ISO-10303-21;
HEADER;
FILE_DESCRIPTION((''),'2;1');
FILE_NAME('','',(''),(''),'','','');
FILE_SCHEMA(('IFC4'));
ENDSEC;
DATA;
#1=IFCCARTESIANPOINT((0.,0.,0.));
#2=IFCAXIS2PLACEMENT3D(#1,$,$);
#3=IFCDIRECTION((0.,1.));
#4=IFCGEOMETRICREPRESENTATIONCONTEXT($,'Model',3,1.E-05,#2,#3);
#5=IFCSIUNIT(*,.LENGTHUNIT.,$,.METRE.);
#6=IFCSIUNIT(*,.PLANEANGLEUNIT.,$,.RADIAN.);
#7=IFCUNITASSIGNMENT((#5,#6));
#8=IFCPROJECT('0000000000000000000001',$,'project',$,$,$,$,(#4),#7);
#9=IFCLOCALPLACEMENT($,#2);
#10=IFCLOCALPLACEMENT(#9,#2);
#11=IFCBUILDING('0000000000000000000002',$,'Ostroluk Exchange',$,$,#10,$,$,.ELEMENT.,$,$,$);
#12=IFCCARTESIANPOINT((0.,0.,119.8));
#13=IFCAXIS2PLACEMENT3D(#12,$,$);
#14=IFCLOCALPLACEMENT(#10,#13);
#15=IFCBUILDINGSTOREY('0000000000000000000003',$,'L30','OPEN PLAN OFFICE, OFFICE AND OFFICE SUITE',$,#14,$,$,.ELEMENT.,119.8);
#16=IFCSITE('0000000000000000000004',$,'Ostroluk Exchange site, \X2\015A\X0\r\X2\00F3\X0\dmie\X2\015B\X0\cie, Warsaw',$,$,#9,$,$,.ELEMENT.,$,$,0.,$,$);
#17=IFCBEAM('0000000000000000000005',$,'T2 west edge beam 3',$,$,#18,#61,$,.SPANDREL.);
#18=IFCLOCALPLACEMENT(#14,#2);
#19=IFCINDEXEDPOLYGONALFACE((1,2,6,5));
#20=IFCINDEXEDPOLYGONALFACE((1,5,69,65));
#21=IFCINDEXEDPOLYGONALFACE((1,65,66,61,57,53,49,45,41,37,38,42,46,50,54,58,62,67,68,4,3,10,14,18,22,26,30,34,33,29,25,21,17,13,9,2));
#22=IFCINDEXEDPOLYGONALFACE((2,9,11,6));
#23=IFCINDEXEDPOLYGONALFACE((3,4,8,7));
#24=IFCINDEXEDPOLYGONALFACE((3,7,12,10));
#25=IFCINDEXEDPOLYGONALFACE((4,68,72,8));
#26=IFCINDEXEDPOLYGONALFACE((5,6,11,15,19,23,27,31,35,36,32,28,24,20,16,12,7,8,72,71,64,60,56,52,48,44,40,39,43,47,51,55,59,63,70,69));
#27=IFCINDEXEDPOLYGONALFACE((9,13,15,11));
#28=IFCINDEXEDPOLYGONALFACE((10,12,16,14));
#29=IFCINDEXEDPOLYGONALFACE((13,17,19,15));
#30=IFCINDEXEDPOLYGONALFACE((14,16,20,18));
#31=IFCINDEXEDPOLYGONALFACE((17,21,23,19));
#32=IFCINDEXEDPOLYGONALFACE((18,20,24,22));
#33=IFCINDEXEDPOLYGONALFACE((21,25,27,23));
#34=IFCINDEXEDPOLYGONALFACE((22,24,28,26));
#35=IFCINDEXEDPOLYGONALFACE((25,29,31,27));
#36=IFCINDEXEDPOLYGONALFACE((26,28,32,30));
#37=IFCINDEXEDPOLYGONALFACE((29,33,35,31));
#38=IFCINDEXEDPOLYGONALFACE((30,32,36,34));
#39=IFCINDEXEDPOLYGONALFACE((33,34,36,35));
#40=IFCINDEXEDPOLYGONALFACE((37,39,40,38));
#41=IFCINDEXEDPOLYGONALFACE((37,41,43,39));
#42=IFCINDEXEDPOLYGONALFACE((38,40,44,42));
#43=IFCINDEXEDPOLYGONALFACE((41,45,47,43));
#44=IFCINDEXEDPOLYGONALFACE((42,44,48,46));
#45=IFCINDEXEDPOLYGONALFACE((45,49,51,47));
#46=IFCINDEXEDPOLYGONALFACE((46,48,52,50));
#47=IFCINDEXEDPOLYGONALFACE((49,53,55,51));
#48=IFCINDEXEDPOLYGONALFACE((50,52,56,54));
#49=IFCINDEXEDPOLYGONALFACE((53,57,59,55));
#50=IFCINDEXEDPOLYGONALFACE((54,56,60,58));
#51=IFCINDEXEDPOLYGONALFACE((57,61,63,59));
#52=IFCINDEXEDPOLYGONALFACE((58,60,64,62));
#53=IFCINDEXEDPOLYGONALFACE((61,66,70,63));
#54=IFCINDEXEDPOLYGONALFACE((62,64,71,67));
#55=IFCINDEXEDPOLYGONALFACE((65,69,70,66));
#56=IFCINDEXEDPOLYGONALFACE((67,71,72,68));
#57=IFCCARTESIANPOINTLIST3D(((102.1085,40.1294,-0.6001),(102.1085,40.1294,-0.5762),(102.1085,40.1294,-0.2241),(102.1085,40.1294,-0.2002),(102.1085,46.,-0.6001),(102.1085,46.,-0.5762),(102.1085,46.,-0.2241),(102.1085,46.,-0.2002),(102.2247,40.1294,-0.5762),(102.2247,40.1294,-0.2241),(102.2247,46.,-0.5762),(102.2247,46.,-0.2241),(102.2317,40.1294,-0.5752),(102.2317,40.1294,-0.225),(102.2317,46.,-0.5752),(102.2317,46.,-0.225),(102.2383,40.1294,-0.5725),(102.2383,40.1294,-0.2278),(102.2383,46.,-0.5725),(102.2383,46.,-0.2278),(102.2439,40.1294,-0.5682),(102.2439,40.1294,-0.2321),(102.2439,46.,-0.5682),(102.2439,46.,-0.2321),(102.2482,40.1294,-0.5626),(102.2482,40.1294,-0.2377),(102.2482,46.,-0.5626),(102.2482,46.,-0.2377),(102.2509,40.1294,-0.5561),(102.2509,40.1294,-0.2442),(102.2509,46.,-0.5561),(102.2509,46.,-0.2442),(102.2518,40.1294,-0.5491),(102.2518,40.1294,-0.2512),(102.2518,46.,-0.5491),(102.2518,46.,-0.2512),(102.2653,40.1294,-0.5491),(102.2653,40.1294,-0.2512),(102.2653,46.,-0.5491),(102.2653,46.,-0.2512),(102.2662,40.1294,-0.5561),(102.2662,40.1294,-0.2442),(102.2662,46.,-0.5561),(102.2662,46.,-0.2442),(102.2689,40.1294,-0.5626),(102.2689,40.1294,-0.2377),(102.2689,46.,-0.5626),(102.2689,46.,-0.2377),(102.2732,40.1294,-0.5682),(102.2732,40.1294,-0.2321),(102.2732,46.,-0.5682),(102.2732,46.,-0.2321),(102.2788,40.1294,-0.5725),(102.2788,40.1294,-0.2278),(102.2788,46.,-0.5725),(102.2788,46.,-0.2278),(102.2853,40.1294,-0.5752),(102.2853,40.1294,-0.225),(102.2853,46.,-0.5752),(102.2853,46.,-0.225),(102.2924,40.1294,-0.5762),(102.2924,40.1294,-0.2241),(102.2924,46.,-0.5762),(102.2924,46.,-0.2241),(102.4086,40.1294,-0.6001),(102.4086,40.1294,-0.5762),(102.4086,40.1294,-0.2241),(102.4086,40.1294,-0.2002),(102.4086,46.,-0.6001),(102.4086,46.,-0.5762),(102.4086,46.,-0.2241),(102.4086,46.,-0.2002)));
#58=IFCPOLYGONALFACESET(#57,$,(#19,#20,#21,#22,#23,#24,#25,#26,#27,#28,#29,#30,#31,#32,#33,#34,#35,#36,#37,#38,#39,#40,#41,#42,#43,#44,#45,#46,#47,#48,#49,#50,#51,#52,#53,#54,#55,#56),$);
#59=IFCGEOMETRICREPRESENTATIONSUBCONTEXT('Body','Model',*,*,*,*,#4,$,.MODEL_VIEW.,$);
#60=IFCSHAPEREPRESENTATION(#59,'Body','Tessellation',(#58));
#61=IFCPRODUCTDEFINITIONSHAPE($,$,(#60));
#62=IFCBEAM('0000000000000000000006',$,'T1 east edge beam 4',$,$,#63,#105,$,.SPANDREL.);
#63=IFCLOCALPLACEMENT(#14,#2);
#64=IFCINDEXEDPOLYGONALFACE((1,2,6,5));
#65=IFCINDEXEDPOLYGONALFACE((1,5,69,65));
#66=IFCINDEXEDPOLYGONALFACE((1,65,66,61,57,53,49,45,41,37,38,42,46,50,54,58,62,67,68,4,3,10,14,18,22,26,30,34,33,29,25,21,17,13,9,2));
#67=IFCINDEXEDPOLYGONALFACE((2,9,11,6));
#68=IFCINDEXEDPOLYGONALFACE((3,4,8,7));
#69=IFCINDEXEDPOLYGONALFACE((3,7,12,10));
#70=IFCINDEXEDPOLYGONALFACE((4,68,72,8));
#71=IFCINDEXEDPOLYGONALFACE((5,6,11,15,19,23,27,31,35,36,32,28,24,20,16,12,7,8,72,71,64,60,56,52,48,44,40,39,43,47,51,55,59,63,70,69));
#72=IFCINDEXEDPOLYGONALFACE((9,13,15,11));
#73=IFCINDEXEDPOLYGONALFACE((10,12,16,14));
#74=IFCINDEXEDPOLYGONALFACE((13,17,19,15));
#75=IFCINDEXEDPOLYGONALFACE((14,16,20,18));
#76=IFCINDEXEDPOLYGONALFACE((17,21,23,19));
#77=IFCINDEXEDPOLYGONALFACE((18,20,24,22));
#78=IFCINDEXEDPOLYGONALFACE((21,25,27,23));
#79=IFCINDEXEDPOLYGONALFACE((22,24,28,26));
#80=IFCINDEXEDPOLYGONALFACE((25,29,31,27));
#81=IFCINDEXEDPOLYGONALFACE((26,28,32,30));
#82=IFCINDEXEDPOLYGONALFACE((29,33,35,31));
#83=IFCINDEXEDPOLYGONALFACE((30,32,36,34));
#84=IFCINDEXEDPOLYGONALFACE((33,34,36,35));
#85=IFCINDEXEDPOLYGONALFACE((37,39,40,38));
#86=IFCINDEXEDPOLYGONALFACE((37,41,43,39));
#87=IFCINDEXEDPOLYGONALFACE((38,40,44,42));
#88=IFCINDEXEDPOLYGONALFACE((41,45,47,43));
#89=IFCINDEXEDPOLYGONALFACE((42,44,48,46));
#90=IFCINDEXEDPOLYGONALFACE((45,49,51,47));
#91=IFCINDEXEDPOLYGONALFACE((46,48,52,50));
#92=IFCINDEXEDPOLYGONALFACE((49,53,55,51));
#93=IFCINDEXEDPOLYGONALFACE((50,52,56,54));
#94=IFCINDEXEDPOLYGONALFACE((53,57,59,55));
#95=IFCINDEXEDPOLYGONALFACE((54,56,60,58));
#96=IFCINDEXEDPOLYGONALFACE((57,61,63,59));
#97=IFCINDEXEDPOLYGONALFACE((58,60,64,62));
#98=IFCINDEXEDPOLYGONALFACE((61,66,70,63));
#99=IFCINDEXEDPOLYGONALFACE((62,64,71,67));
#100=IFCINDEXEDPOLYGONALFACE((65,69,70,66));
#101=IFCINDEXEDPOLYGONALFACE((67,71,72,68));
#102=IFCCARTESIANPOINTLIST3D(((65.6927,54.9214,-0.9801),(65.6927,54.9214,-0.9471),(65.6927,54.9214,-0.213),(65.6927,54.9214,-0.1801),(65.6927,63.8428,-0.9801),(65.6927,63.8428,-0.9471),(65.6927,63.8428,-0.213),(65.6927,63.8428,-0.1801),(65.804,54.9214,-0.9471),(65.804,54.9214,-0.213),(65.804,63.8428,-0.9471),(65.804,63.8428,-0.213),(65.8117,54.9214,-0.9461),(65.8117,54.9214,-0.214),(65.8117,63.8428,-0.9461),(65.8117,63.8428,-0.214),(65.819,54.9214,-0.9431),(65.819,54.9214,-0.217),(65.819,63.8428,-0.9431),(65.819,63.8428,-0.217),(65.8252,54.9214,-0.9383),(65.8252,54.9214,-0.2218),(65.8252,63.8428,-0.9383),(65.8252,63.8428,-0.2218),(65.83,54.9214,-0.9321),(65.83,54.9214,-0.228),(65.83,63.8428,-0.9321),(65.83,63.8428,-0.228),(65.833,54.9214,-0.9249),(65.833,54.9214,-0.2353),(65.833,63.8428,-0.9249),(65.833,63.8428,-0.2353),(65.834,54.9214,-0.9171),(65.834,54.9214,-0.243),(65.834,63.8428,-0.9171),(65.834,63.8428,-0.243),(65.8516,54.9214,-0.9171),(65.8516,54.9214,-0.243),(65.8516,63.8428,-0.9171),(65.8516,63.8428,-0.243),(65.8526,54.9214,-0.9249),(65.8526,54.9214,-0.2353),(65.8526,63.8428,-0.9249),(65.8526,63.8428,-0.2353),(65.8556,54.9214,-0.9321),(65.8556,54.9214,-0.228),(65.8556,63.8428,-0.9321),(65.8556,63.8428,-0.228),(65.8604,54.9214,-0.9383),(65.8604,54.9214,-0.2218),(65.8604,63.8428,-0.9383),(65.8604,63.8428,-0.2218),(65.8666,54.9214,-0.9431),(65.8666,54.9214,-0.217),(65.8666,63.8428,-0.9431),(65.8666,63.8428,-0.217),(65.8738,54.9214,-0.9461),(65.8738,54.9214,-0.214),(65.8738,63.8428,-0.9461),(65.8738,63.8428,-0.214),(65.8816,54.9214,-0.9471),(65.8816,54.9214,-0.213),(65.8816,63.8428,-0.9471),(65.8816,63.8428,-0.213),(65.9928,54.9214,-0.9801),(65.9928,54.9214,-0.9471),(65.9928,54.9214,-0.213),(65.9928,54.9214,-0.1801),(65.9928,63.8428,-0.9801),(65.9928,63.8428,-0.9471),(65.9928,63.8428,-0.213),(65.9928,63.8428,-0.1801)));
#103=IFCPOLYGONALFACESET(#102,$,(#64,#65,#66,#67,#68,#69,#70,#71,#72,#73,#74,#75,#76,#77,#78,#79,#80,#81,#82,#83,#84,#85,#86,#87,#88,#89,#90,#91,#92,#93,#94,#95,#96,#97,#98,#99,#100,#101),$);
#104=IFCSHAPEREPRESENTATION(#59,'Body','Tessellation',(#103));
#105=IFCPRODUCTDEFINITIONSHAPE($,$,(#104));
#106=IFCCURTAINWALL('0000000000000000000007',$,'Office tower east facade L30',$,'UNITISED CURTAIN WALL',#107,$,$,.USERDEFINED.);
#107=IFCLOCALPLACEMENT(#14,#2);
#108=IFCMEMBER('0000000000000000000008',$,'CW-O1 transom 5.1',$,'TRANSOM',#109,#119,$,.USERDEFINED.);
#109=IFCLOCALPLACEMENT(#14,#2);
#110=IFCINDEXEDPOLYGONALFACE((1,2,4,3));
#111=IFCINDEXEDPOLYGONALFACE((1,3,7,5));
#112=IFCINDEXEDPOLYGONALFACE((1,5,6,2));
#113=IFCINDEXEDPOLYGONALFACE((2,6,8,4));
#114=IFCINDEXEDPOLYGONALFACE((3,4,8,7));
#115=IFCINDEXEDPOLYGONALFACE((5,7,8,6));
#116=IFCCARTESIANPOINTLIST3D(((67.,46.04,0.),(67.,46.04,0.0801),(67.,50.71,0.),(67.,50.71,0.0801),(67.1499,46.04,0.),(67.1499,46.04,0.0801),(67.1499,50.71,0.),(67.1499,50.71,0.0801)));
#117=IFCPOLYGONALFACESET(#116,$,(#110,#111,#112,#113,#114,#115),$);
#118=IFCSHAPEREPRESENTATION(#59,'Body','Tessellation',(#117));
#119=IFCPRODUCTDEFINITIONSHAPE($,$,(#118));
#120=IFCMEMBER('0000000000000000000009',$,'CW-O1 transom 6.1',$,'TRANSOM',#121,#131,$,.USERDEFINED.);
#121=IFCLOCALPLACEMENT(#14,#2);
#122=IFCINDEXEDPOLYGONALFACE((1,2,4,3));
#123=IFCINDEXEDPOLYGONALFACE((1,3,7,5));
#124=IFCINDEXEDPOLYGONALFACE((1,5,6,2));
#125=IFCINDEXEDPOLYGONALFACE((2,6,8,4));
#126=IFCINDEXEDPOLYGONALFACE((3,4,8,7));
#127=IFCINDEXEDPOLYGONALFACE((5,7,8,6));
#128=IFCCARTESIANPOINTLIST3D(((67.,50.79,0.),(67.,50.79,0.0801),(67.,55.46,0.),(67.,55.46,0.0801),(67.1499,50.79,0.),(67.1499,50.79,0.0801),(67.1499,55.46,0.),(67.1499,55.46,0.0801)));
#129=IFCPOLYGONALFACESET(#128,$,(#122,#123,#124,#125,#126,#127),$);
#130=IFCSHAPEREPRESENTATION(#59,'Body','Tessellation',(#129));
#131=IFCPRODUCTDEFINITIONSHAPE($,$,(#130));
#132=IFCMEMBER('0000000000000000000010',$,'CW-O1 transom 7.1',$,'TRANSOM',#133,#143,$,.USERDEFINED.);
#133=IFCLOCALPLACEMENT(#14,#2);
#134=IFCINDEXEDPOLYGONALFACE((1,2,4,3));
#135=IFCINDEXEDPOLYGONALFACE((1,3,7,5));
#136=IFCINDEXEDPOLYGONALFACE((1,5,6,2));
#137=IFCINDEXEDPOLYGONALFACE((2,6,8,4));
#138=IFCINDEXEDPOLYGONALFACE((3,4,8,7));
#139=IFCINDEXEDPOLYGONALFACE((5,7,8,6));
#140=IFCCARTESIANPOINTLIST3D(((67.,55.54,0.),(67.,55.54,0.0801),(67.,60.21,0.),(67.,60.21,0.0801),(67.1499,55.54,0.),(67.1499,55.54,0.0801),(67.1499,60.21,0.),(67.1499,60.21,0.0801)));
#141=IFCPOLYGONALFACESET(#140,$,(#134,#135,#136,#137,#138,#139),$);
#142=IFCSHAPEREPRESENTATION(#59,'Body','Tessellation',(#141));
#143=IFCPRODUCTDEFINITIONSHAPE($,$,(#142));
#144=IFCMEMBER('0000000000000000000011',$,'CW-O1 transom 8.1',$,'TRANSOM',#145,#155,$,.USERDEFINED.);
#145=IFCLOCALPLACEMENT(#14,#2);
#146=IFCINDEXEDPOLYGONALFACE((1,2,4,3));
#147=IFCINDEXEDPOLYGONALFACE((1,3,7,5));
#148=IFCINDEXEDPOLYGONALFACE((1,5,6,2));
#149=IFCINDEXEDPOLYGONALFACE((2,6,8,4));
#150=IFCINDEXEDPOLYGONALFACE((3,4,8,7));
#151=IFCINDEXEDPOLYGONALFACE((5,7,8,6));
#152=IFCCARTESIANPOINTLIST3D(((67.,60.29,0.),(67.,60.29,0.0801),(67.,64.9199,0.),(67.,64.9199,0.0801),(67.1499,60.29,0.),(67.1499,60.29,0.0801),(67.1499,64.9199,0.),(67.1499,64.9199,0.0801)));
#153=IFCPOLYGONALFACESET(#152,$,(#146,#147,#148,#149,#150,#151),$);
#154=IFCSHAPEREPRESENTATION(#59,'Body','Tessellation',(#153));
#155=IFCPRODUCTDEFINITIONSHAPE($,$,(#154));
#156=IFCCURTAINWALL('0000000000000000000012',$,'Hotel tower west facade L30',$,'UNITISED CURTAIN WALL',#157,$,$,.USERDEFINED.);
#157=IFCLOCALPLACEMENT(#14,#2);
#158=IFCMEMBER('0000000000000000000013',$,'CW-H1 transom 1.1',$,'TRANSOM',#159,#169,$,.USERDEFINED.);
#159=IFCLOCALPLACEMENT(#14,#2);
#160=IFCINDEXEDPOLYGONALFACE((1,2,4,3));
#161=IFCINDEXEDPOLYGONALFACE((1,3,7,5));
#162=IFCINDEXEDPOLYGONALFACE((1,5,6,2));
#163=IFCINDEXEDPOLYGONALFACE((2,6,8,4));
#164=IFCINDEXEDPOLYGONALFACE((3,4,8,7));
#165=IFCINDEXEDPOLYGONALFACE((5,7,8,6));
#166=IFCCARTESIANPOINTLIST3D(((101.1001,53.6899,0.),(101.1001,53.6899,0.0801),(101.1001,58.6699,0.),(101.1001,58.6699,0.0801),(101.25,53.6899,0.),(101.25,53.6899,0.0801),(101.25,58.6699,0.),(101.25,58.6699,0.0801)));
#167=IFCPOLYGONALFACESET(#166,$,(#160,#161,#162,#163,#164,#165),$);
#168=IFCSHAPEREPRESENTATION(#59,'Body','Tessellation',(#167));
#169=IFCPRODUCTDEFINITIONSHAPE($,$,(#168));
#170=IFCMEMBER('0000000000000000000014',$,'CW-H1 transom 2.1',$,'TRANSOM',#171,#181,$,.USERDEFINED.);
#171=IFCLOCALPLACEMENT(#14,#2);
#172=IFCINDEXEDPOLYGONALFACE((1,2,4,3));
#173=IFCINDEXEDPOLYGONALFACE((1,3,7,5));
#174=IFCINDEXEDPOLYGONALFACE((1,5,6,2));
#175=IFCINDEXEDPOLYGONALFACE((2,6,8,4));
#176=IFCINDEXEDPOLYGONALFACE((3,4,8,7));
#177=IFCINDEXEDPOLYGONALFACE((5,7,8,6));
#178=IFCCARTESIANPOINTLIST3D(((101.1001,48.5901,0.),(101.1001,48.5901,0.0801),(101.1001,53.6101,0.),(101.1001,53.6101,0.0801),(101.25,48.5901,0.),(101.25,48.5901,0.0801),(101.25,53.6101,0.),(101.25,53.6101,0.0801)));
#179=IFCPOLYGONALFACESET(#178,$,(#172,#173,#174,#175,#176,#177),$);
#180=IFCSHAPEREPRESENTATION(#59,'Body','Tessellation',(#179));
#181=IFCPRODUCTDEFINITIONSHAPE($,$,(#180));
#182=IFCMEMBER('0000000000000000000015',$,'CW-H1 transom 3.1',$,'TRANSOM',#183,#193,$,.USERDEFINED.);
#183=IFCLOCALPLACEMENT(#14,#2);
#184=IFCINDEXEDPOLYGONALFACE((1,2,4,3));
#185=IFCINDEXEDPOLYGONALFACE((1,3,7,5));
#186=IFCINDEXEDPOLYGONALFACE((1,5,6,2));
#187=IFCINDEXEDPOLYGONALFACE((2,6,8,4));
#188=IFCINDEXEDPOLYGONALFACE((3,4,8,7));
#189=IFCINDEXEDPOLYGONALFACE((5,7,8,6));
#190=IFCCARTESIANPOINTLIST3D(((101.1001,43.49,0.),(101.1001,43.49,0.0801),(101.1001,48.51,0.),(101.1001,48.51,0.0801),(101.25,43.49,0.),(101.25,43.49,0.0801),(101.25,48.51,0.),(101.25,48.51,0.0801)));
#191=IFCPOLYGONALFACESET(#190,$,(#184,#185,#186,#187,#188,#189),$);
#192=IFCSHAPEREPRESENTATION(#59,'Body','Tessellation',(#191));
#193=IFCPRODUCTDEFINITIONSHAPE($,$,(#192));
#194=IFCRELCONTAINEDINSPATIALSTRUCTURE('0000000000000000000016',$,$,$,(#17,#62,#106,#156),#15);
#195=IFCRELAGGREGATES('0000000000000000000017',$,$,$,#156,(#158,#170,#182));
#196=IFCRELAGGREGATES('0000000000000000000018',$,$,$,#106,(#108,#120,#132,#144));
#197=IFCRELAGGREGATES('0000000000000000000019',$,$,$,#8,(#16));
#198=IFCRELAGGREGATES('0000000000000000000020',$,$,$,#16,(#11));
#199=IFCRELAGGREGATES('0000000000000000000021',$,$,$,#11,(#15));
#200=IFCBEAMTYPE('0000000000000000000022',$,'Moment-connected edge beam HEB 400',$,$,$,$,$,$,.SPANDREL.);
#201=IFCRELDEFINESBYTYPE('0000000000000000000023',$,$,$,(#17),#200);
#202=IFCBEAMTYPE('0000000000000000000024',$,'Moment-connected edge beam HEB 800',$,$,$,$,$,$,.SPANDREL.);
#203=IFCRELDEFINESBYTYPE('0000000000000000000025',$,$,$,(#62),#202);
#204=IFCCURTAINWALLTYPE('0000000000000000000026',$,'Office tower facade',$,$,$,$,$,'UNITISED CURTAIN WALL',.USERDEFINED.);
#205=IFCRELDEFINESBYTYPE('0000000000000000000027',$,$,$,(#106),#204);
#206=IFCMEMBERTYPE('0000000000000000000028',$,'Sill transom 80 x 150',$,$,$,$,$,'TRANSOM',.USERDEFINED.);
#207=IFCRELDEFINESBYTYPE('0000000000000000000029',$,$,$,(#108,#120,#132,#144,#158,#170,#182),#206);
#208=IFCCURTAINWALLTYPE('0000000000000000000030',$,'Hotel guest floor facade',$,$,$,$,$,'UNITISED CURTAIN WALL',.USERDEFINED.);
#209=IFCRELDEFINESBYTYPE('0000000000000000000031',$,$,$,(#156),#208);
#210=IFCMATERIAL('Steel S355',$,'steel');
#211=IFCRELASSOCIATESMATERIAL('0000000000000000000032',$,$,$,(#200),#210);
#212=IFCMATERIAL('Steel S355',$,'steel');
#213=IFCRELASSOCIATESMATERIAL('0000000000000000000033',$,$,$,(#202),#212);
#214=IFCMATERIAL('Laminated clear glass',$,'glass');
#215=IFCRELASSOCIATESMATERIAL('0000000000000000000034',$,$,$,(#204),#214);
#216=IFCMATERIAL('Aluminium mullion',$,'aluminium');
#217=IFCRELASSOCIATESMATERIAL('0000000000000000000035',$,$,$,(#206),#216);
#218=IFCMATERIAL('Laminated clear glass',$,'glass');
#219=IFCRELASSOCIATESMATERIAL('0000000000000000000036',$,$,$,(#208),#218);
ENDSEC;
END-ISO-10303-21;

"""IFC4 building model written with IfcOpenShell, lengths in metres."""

from ifc_helpers import new_model, si_unit, direction, frame, origin, origin_2d, place, context, subcontext, project, spatial, rectangle, i_section, extrude, material, material_profile, profile_set, type_object, element, aggregate, save


model = new_model("IFC4")

# Units and contexts
model_context = context("Model", 3, precision=1e-05, world=origin(), true_north=direction((0.0, 1.0)))
body_context = subcontext(model_context, "Body", "Model", "MODEL_VIEW")
ifc_project = project(units=[si_unit("LENGTHUNIT", "METRE"), si_unit("PLANEANGLEUNIT", "RADIAN")], contexts=[model_context])

# Site, building, storey
site_placement = place(None, origin())
site = spatial("IfcSite", under=ifc_project, at=site_placement, Name="Ostroluk Exchange site, Śródmieście, Warsaw", CompositionType="ELEMENT", RefElevation=0.0)
building_placement = place(site_placement, origin())
building = spatial("IfcBuilding", under=site, at=building_placement, Name="Ostroluk Exchange", CompositionType="ELEMENT")
storey_placement = place(building_placement, frame((0.0, 0.0, 119.8)))
storey = spatial("IfcBuildingStorey", under=building, at=storey_placement, Name="L30", Description="OPEN PLAN OFFICE, OFFICE AND OFFICE SUITE", CompositionType="ELEMENT", Elevation=119.8)

# Beams
ifc_material_1 = material(Name="Steel S355", Category="steel")
ifc_material_profile_1 = material_profile(ifc_material_1, i_section(OverallWidth=0.3, OverallDepth=0.3999, WebThickness=0.0134, FlangeThickness=0.0239, FilletRadius=0.0271, at=origin_2d()), Name="HEB 400")
ifc_profile_set_1 = profile_set([ifc_material_profile_1], Name="Steel S355")
beam_type_1 = type_object("IfcBeamType", Name="Moment-connected edge beam HEB 400", PredefinedType="SPANDREL", material=ifc_profile_set_1)
for number, where, z_axis, x_axis, name in (
    (1, (102.2585, 46.0, -0.4001), (0.0, -1.0, 0.0), (1.0, 0.0, 0.0), "T2 west edge beam 3"),
):
    element("IfcBeam", number, at=place(storey_placement, frame(where, z_axis=z_axis, x_axis=x_axis)), inside=storey, type_object=beam_type_1, Name=name, PredefinedType="SPANDREL", context=body_context, shape_type="SweptSolid", body=[
        extrude(i_section(OverallWidth=0.3, OverallDepth=0.3999, WebThickness=0.0134, FlangeThickness=0.0239, FilletRadius=0.0271, at=origin_2d()), origin(), (0.0, 0.0, 1.0), 5.8706),
    ])
ifc_material_2 = material(Name="Steel S355", Category="steel")
ifc_material_profile_2 = material_profile(ifc_material_2, i_section(OverallWidth=0.3, OverallDepth=0.8, WebThickness=0.0176, FlangeThickness=0.033, FilletRadius=0.03, at=origin_2d()), Name="HEB 800")
ifc_profile_set_2 = profile_set([ifc_material_profile_2], Name="Steel S355")
beam_type_2 = type_object("IfcBeamType", Name="Moment-connected edge beam HEB 800", PredefinedType="SPANDREL", material=ifc_profile_set_2)
beam_1_placement = place(storey_placement, frame((65.8428, 54.9214, -0.5801), z_axis=(0.0, 1.0, 0.0), x_axis=(-1.0, 0.0, 0.0)))
element("IfcBeam", 2, at=beam_1_placement, inside=storey, type_object=beam_type_2, Name="T1 east edge beam 4", PredefinedType="SPANDREL", context=body_context, shape_type="SweptSolid", body=[
    extrude(i_section(OverallWidth=0.3, OverallDepth=0.8, WebThickness=0.0176, FlangeThickness=0.033, FilletRadius=0.03, at=origin_2d()), origin(), (0.0, 0.0, 1.0), 8.9214),
])

# Curtain walls, members
ifc_material_3 = material(Name="Laminated clear glass", Category="glass")
curtain_wall_type_1 = type_object("IfcCurtainWallType", Name="Office tower facade", ElementType="UNITISED CURTAIN WALL", PredefinedType="USERDEFINED", material=ifc_material_3)
curtain_wall_1_placement = place(storey_placement, origin())
curtain_wall_1 = element("IfcCurtainWall", 3, at=curtain_wall_1_placement, inside=storey, type_object=curtain_wall_type_1, Name="Office tower east facade L30", ObjectType="UNITISED CURTAIN WALL", PredefinedType="USERDEFINED")
ifc_material_4 = material(Name="Aluminium mullion", Category="aluminium")
ifc_material_profile_3 = material_profile(ifc_material_4, rectangle(XDim=0.1499, YDim=0.0801, at=origin_2d()), Name="Sill transom 80 x 150")
ifc_profile_set_3 = profile_set([ifc_material_profile_3], Name="Aluminium mullion")
member_type_1 = type_object("IfcMemberType", Name="Sill transom 80 x 150", ElementType="TRANSOM", PredefinedType="USERDEFINED", material=ifc_profile_set_3)
member_1_placement = place(storey_placement, frame((67.075, 46.04, 0.04), z_axis=(0.0, 1.0, 0.0), x_axis=(-1.0, 0.0, 0.0)))
member_1 = element("IfcMember", 4, at=member_1_placement, type_object=member_type_1, Name="CW-O1 transom 5.1", ObjectType="TRANSOM", PredefinedType="USERDEFINED", context=body_context, shape_type="SweptSolid", body=[
    extrude(rectangle(XDim=0.1499, YDim=0.0801, at=origin_2d()), origin(), (0.0, 0.0, 1.0), 4.6699),
])
member_2_placement = place(storey_placement, frame((67.075, 50.79, 0.04), z_axis=(0.0, 1.0, 0.0), x_axis=(-1.0, 0.0, 0.0)))
member_2 = element("IfcMember", 5, at=member_2_placement, type_object=member_type_1, Name="CW-O1 transom 6.1", ObjectType="TRANSOM", PredefinedType="USERDEFINED", context=body_context, shape_type="SweptSolid", body=[
    extrude(rectangle(XDim=0.1499, YDim=0.0801, at=origin_2d()), origin(), (0.0, 0.0, 1.0), 4.6699),
])
member_3_placement = place(storey_placement, frame((67.075, 55.54, 0.04), z_axis=(0.0, 1.0, 0.0), x_axis=(-1.0, 0.0, 0.0)))
member_3 = element("IfcMember", 6, at=member_3_placement, type_object=member_type_1, Name="CW-O1 transom 7.1", ObjectType="TRANSOM", PredefinedType="USERDEFINED", context=body_context, shape_type="SweptSolid", body=[
    extrude(rectangle(XDim=0.1499, YDim=0.0801, at=origin_2d()), origin(), (0.0, 0.0, 1.0), 4.6699),
])
member_4_placement = place(storey_placement, frame((67.075, 60.29, 0.04), z_axis=(0.0, 1.0, 0.0), x_axis=(-1.0, 0.0, 0.0)))
member_4 = element("IfcMember", 7, at=member_4_placement, type_object=member_type_1, Name="CW-O1 transom 8.1", ObjectType="TRANSOM", PredefinedType="USERDEFINED", context=body_context, shape_type="SweptSolid", body=[
    extrude(rectangle(XDim=0.1499, YDim=0.0801, at=origin_2d()), origin(), (0.0, 0.0, 1.0), 4.6299),
])
ifc_material_5 = material(Name="Laminated clear glass", Category="glass")
curtain_wall_type_2 = type_object("IfcCurtainWallType", Name="Hotel guest floor facade", ElementType="UNITISED CURTAIN WALL", PredefinedType="USERDEFINED", material=ifc_material_5)
curtain_wall_2_placement = place(storey_placement, origin())
curtain_wall_2 = element("IfcCurtainWall", 8, at=curtain_wall_2_placement, inside=storey, type_object=curtain_wall_type_2, Name="Hotel tower west facade L30", ObjectType="UNITISED CURTAIN WALL", PredefinedType="USERDEFINED")
member_5_placement = place(storey_placement, frame((101.175, 58.6699, 0.04), z_axis=(0.0, -1.0, 0.0), x_axis=(1.0, 0.0, 0.0)))
member_5 = element("IfcMember", 9, at=member_5_placement, type_object=member_type_1, Name="CW-H1 transom 1.1", ObjectType="TRANSOM", PredefinedType="USERDEFINED", context=body_context, shape_type="SweptSolid", body=[
    extrude(rectangle(XDim=0.1499, YDim=0.0801, at=origin_2d()), origin(), (0.0, 0.0, 1.0), 4.98),
])
member_6_placement = place(storey_placement, frame((101.175, 53.6101, 0.04), z_axis=(0.0, -1.0, 0.0), x_axis=(1.0, 0.0, 0.0)))
member_6 = element("IfcMember", 10, at=member_6_placement, type_object=member_type_1, Name="CW-H1 transom 2.1", ObjectType="TRANSOM", PredefinedType="USERDEFINED", context=body_context, shape_type="SweptSolid", body=[
    extrude(rectangle(XDim=0.1499, YDim=0.0801, at=origin_2d()), origin(), (0.0, 0.0, 1.0), 5.02),
])
member_7_placement = place(storey_placement, frame((101.175, 48.51, 0.04), z_axis=(0.0, -1.0, 0.0), x_axis=(1.0, 0.0, 0.0)))
member_7 = element("IfcMember", 11, at=member_7_placement, type_object=member_type_1, Name="CW-H1 transom 3.1", ObjectType="TRANSOM", PredefinedType="USERDEFINED", context=body_context, shape_type="SweptSolid", body=[
    extrude(rectangle(XDim=0.1499, YDim=0.0801, at=origin_2d()), origin(), (0.0, 0.0, 1.0), 5.02),
])

aggregate(curtain_wall_2, [member_5, member_6, member_7])
aggregate(curtain_wall_1, [member_1, member_2, member_3, member_4])

save(model, "model.ifc")
